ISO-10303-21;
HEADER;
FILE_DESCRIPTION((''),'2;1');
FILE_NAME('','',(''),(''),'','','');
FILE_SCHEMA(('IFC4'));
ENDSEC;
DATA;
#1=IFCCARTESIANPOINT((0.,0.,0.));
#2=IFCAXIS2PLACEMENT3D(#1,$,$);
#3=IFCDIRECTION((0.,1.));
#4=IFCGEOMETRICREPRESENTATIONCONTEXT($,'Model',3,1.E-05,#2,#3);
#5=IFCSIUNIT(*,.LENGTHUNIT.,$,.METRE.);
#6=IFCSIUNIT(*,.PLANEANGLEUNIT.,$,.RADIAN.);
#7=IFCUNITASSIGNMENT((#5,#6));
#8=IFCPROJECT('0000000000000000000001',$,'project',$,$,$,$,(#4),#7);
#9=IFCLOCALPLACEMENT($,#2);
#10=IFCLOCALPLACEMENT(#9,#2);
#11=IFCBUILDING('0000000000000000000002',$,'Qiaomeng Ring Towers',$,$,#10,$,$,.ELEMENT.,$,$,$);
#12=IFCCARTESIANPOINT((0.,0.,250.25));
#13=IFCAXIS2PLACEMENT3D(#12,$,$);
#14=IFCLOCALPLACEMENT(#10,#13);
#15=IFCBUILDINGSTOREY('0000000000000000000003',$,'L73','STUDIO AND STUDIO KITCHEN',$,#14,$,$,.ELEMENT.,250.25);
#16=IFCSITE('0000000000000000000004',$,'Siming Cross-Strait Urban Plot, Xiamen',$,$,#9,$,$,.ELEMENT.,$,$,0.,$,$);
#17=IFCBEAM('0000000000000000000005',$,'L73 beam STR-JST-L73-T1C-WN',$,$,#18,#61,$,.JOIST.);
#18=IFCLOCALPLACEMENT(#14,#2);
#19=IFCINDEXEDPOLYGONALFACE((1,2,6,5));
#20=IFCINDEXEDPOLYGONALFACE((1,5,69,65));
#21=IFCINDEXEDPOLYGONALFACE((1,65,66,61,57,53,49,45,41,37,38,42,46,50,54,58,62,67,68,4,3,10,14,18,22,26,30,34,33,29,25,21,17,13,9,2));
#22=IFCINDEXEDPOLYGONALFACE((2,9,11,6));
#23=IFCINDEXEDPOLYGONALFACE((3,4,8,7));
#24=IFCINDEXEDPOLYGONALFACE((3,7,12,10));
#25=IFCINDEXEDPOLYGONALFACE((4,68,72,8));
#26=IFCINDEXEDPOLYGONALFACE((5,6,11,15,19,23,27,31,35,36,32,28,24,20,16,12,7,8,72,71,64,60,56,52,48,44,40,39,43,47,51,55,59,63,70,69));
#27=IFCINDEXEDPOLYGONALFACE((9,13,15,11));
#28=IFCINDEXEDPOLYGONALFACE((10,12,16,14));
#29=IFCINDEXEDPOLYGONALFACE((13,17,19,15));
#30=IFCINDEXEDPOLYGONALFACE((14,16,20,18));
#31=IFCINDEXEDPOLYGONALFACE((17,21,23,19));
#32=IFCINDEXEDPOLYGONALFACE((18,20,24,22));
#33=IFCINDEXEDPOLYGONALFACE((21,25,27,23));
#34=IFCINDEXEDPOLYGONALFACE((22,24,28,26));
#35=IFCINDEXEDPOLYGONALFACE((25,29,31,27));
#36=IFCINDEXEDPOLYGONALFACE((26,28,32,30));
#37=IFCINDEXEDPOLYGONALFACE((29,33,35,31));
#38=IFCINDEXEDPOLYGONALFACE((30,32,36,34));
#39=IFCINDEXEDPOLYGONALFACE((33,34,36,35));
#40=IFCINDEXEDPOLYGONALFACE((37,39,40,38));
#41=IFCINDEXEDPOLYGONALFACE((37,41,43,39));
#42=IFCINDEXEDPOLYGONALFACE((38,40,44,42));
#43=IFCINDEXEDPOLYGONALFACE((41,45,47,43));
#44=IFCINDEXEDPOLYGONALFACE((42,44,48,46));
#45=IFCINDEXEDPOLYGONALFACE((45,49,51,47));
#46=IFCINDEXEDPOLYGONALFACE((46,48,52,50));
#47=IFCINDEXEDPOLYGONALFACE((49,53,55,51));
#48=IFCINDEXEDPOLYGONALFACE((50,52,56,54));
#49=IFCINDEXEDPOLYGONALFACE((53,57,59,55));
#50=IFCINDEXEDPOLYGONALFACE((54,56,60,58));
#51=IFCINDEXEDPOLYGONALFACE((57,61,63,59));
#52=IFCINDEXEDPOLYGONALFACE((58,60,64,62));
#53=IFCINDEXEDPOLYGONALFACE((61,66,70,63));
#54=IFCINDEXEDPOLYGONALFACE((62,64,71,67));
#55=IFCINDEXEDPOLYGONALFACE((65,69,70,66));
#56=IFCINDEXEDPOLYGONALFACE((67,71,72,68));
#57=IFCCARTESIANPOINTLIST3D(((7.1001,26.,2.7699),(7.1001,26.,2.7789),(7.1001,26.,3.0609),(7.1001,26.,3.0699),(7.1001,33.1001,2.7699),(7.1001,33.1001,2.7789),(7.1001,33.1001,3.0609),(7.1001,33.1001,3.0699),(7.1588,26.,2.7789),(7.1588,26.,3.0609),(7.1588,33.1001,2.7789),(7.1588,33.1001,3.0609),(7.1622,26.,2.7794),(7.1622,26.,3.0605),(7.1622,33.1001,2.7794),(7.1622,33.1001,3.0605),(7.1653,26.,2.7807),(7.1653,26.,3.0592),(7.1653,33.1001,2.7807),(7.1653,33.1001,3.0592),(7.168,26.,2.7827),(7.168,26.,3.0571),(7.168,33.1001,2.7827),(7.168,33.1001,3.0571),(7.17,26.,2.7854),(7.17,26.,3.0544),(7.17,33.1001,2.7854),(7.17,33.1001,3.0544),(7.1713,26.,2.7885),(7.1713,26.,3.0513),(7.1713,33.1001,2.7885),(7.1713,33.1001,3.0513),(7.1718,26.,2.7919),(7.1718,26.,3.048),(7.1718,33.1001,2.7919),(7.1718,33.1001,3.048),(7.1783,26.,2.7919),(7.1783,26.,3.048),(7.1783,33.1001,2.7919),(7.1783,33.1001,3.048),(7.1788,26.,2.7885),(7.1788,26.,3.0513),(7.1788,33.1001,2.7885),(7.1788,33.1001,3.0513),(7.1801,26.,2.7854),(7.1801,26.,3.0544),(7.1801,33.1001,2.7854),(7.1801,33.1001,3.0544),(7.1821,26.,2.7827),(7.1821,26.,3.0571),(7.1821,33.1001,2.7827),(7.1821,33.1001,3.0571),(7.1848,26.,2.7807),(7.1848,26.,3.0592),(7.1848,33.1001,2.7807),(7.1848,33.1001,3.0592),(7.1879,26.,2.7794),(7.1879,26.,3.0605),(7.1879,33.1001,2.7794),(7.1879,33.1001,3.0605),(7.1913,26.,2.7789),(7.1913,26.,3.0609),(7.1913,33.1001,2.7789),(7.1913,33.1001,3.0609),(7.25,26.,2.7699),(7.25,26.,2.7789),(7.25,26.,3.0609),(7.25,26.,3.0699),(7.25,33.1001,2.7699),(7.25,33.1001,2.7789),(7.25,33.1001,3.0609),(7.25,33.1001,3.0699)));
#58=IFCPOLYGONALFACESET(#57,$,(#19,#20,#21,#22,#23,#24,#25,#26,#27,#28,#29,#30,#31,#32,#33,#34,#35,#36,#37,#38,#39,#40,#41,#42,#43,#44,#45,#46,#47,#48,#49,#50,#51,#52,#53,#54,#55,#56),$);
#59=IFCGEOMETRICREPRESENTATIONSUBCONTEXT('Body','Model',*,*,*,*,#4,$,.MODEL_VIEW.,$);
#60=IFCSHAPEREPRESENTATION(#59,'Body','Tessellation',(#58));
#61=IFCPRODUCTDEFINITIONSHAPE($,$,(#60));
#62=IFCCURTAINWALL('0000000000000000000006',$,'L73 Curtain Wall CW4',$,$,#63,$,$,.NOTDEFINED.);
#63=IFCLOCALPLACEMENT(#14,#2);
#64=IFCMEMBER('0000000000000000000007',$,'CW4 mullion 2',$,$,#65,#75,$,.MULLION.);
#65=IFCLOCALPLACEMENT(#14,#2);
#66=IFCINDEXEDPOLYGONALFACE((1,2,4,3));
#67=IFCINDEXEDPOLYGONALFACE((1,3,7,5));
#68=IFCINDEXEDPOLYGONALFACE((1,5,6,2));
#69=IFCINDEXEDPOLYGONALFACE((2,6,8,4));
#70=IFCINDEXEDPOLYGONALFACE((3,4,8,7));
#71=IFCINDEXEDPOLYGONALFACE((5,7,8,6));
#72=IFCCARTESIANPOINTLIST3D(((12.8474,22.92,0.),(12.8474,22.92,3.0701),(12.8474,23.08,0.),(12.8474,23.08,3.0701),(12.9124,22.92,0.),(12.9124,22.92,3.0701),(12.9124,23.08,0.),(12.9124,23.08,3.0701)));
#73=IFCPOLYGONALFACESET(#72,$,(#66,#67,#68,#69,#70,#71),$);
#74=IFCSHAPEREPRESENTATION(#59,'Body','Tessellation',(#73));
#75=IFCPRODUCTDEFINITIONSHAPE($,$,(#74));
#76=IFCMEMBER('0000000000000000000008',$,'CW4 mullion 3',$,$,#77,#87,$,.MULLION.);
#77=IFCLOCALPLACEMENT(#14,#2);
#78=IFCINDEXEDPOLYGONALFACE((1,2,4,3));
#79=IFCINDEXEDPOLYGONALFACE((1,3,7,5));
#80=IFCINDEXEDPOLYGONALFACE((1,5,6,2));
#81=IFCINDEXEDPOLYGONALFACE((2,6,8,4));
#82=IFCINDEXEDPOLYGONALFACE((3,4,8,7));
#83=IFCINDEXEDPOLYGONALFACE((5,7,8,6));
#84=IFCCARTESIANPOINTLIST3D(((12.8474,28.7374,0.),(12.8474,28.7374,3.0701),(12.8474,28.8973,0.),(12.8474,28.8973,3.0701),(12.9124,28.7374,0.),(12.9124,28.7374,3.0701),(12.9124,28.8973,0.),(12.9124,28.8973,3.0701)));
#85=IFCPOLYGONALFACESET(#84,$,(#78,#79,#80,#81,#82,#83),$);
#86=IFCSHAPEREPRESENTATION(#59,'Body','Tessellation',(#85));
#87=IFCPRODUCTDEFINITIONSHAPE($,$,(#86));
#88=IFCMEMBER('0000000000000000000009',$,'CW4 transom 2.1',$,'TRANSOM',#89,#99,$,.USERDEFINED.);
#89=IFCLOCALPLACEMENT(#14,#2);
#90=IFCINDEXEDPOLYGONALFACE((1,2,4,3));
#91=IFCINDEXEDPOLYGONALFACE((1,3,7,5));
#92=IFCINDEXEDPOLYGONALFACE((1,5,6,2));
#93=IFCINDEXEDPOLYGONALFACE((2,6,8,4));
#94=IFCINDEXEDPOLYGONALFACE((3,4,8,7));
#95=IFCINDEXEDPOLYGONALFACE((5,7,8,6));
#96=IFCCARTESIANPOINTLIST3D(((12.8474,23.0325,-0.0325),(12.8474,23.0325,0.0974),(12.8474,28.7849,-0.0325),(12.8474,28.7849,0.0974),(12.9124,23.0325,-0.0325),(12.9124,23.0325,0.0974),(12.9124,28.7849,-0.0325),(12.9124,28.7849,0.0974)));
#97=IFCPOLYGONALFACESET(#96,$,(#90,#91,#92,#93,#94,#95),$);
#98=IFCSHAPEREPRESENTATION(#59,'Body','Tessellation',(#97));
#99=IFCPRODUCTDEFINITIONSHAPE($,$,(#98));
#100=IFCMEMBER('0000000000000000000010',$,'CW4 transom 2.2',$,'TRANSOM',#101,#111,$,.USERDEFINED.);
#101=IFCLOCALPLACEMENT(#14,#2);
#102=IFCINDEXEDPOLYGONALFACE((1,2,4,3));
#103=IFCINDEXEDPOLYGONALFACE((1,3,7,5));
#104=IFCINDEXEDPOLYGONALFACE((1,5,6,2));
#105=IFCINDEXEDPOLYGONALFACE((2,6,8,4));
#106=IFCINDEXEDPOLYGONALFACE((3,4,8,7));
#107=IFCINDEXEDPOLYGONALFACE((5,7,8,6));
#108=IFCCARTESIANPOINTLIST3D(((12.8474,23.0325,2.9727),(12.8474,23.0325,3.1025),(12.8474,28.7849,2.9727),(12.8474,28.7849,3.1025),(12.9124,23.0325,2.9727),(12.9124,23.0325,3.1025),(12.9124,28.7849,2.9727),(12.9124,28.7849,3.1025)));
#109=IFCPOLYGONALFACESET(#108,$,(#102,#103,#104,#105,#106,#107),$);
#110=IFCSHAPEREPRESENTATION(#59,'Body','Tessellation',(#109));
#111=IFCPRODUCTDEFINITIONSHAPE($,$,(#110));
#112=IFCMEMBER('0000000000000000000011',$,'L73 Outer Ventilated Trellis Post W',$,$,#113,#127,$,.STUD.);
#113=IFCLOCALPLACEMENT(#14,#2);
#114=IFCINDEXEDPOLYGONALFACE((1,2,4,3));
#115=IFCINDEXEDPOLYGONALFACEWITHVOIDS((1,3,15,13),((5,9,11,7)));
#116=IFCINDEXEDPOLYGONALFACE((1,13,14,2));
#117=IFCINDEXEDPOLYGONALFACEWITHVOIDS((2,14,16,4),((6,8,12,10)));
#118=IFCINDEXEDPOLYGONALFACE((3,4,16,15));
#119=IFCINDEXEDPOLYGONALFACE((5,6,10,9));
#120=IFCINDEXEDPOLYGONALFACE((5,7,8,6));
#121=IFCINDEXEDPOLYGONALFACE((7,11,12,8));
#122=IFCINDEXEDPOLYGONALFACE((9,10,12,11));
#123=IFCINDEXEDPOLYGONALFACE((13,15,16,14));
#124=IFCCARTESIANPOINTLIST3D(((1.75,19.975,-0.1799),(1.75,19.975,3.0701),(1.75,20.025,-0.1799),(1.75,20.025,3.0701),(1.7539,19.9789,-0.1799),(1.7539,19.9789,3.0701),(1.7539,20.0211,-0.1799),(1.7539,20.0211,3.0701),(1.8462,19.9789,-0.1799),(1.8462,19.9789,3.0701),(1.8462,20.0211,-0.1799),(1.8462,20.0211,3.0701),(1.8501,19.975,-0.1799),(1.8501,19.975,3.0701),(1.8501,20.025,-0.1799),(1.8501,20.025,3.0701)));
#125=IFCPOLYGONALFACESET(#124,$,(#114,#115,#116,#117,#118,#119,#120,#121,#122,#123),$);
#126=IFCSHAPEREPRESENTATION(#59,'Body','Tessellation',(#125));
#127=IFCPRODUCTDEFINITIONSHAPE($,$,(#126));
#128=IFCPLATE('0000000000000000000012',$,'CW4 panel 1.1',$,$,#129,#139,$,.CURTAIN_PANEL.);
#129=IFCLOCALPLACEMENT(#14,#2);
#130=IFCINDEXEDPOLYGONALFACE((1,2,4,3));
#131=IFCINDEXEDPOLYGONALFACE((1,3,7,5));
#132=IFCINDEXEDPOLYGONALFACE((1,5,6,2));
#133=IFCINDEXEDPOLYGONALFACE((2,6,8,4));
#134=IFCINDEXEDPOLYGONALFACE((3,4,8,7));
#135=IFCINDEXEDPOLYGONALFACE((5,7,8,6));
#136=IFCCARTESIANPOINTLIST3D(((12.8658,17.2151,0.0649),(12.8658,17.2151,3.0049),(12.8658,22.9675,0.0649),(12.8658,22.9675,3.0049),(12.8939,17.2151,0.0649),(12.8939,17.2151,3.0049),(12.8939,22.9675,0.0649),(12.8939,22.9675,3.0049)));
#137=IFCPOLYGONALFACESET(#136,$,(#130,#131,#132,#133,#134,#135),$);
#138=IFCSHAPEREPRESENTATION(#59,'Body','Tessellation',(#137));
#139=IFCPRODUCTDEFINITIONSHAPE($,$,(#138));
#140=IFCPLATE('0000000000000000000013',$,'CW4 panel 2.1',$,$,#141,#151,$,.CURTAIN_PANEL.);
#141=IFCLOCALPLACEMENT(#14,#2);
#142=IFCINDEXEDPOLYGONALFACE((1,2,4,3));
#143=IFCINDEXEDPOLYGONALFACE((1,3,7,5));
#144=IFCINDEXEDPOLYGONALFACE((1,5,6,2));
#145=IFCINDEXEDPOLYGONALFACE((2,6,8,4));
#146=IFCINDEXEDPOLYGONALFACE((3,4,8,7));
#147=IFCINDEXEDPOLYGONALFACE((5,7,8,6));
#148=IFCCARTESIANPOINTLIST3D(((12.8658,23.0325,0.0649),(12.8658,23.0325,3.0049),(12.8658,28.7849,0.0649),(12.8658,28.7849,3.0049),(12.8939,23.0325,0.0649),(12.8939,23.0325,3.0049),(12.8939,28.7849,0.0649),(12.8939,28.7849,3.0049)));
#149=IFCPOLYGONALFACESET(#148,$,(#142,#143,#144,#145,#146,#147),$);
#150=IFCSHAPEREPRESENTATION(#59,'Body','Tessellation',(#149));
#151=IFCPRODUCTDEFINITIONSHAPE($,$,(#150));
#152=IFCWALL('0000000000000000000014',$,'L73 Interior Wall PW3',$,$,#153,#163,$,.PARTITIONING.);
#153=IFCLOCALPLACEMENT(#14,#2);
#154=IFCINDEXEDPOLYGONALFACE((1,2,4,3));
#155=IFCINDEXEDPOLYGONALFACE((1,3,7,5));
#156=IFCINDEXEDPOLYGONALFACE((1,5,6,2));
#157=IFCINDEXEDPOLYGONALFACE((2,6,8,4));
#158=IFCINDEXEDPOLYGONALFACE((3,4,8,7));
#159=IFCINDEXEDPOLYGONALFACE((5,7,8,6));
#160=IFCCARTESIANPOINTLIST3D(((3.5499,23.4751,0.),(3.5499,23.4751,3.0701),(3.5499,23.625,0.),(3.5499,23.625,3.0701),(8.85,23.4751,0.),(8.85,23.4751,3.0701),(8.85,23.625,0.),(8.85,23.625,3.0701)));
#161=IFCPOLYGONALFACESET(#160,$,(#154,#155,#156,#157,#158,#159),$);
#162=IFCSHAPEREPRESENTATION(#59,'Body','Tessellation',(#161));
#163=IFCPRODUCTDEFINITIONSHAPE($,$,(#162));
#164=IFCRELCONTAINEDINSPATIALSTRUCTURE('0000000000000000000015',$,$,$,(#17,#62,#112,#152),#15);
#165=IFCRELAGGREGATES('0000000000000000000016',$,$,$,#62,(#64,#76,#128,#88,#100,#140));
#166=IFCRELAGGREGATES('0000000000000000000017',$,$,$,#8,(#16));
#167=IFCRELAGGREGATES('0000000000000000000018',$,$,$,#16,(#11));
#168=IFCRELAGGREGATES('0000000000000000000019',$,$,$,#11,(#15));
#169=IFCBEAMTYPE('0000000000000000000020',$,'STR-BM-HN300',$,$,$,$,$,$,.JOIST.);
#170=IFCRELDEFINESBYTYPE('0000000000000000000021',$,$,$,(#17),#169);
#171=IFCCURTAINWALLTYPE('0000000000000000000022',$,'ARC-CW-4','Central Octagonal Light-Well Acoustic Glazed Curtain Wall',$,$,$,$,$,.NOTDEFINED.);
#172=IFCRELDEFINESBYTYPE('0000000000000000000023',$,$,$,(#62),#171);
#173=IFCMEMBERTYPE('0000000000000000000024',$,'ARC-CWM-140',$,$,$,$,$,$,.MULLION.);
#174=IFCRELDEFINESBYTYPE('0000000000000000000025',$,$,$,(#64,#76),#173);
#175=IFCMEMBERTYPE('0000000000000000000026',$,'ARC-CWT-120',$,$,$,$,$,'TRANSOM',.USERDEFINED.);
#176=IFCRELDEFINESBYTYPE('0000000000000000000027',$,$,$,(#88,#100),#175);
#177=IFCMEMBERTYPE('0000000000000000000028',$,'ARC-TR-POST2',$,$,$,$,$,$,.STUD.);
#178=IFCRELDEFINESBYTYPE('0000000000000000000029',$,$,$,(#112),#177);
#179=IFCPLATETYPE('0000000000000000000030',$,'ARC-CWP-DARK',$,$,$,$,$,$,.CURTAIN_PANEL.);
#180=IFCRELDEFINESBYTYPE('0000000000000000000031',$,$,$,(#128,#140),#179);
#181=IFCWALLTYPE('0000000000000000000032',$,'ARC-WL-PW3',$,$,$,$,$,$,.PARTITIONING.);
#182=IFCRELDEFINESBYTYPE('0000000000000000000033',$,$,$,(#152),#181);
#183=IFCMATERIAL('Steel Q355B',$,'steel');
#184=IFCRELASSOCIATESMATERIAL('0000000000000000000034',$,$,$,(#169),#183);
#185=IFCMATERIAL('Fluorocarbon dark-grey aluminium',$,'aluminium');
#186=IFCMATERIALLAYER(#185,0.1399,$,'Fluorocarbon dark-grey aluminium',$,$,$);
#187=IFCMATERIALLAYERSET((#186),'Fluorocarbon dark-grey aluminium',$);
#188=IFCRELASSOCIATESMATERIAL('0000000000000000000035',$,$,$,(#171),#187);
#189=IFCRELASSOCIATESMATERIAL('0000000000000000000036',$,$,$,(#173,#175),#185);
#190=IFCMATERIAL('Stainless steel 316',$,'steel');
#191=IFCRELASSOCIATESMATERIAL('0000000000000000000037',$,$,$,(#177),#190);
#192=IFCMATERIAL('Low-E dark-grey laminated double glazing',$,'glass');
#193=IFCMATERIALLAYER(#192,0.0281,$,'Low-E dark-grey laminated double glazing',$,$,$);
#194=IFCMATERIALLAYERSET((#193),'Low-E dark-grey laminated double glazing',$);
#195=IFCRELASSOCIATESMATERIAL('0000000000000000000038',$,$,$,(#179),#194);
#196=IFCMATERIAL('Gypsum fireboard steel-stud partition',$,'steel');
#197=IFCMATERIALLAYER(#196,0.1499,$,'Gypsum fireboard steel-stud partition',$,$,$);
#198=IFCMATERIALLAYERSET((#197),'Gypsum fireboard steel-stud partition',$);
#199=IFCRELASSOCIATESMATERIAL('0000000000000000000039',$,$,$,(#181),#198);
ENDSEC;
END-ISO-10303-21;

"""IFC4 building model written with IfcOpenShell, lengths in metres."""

from ifc_helpers import new_model, si_unit, direction, frame, frame_2d, origin, origin_2d, place, context, subcontext, project, spatial, rectangle, hollow_rectangle, i_section, extrude, source, transform, mapped, material, layer, layer_set, material_profile, profile_set, type_object, element, aggregate, save


model = new_model("IFC4")

# Units and contexts
model_context = context("Model", 3, precision=1e-05, world=origin(), true_north=direction((0.0, 1.0)))
body_context = subcontext(model_context, "Body", "Model", "MODEL_VIEW")
ifc_project = project(units=[si_unit("LENGTHUNIT", "METRE"), si_unit("PLANEANGLEUNIT", "RADIAN")], contexts=[model_context])

# Site, building, storey
site_placement = place(None, origin())
site = spatial("IfcSite", under=ifc_project, at=site_placement, Name="Siming Cross-Strait Urban Plot, Xiamen", CompositionType="ELEMENT", RefElevation=0.0)
building_placement = place(site_placement, origin())
building = spatial("IfcBuilding", under=site, at=building_placement, Name="Qiaomeng Ring Towers", CompositionType="ELEMENT")
storey_placement = place(building_placement, frame((0.0, 0.0, 250.25)))
storey = spatial("IfcBuildingStorey", under=building, at=storey_placement, Name="L73", Description="STUDIO AND STUDIO KITCHEN", CompositionType="ELEMENT", Elevation=250.25)

# Beam
ifc_material_1 = material(Name="Steel Q355B", Category="steel")
ifc_material_profile_1 = material_profile(ifc_material_1, i_section(OverallWidth=0.1499, OverallDepth=0.3, WebThickness=0.0066, FlangeThickness=0.009, FilletRadius=0.0129, at=origin_2d()), Name="HN 300x150x6.5x9")
ifc_profile_set_1 = profile_set([ifc_material_profile_1], Name="Steel Q355B")
beam_type_1 = type_object("IfcBeamType", Name="STR-BM-HN300", PredefinedType="JOIST", material=ifc_profile_set_1)
shared_shape_1 = source(origin(), body_context, "Body", "SweptSolid", [
    extrude(i_section(OverallWidth=0.1499, OverallDepth=0.3, WebThickness=0.0066, FlangeThickness=0.009, FilletRadius=0.0129, at=origin_2d()), origin(), (0.0, 0.0, 1.0), 7.1001),
])
beam_1_placement = place(storey_placement, frame((7.175, 26.0, 2.9199), z_axis=(0.0, 1.0, 0.0), x_axis=(-1.0, 0.0, 0.0)))
element("IfcBeam", 1, at=beam_1_placement, inside=storey, type_object=beam_type_1, Name="L73 beam STR-JST-L73-T1C-WN", PredefinedType="JOIST", context=body_context, shape_type="MappedRepresentation", body=[
    mapped(shared_shape_1, transform((0.0, 0.0, 0.0), x_axis=(1.0, 0.0, 0.0), y_axis=(0.0, 1.0, 0.0), z_axis=(0.0, 0.0, 1.0), scale=1.0)),
])

# Curtain wall, members
ifc_material_2 = material(Name="Fluorocarbon dark-grey aluminium", Category="aluminium")
ifc_layer_1 = layer(ifc_material_2, 0.1399, Name="Fluorocarbon dark-grey aluminium")
ifc_layer_set_1 = layer_set([ifc_layer_1], Name="Fluorocarbon dark-grey aluminium")
curtain_wall_type = type_object("IfcCurtainWallType", Name="ARC-CW-4", Description="Central Octagonal Light-Well Acoustic Glazed Curtain Wall", PredefinedType="NOTDEFINED", material=ifc_layer_set_1)
curtain_wall_placement = place(storey_placement, origin())
curtain_wall = element("IfcCurtainWall", 2, at=curtain_wall_placement, inside=storey, type_object=curtain_wall_type, Name="L73 Curtain Wall CW4", PredefinedType="NOTDEFINED")
ifc_material_profile_2 = material_profile(ifc_material_2, rectangle(XDim=0.0649, YDim=0.1599, at=origin_2d()), Name="ALU MULL 65x160")
ifc_profile_set_2 = profile_set([ifc_material_profile_2], Name="Fluorocarbon dark-grey aluminium")
member_type_1 = type_object("IfcMemberType", Name="ARC-CWM-140", PredefinedType="MULLION", material=ifc_profile_set_2)
shared_shape_2 = source(origin(), body_context, "Body", "SweptSolid", [
    extrude(rectangle(XDim=0.0649, YDim=0.1599, at=origin_2d()), origin(), (0.0, 0.0, 1.0), 3.0701),
])
member_1_placement = place(storey_placement, frame((12.8799, 23.0, 0.0), z_axis=(0.0, 0.0, 1.0), x_axis=(-1.0, 0.0, 0.0)))
member_1 = element("IfcMember", 3, at=member_1_placement, type_object=member_type_1, Name="CW4 mullion 2", PredefinedType="MULLION", context=body_context, shape_type="MappedRepresentation", body=[
    mapped(shared_shape_2, transform((0.0, 0.0, 0.0), x_axis=(1.0, 0.0, 0.0), y_axis=(0.0, 1.0, 0.0), z_axis=(0.0, 0.0, 1.0), scale=1.0)),
])
member_2_placement = place(storey_placement, frame((12.8799, 28.8174, 0.0), z_axis=(0.0, 0.0, 1.0), x_axis=(-1.0, 0.0, 0.0)))
member_2 = element("IfcMember", 4, at=member_2_placement, type_object=member_type_1, Name="CW4 mullion 3", PredefinedType="MULLION", context=body_context, shape_type="MappedRepresentation", body=[
    mapped(shared_shape_2, transform((0.0, 0.0, 0.0), x_axis=(1.0, 0.0, 0.0), y_axis=(0.0, 1.0, 0.0), z_axis=(0.0, 0.0, 1.0), scale=1.0)),
])
ifc_material_profile_3 = material_profile(ifc_material_2, rectangle(XDim=0.0649, YDim=0.1299, at=origin_2d()), Name="ALU TRAN 65x130")
ifc_profile_set_3 = profile_set([ifc_material_profile_3], Name="Fluorocarbon dark-grey aluminium")
member_type_2 = type_object("IfcMemberType", Name="ARC-CWT-120", ElementType="TRANSOM", PredefinedType="USERDEFINED", material=ifc_profile_set_3)
shared_shape_3 = source(origin(), body_context, "Body", "SweptSolid", [
    extrude(rectangle(XDim=0.0649, YDim=0.1299, at=origin_2d()), origin(), (0.0, 0.0, 1.0), 5.7524),
])
member_3_placement = place(storey_placement, frame((12.8799, 23.0325, 0.0325), z_axis=(0.0, 1.0, 0.0), x_axis=(-1.0, 0.0, 0.0)))
member_3 = element("IfcMember", 5, at=member_3_placement, type_object=member_type_2, Name="CW4 transom 2.1", ObjectType="TRANSOM", PredefinedType="USERDEFINED", context=body_context, shape_type="MappedRepresentation", body=[
    mapped(shared_shape_3, transform((0.0, 0.0, 0.0), x_axis=(1.0, 0.0, 0.0), y_axis=(0.0, 1.0, 0.0), z_axis=(0.0, 0.0, 1.0), scale=1.0)),
])
member_4_placement = place(storey_placement, frame((12.8799, 23.0325, 3.0376), z_axis=(0.0, 1.0, 0.0), x_axis=(-1.0, 0.0, 0.0)))
member_4 = element("IfcMember", 6, at=member_4_placement, type_object=member_type_2, Name="CW4 transom 2.2", ObjectType="TRANSOM", PredefinedType="USERDEFINED", context=body_context, shape_type="MappedRepresentation", body=[
    mapped(shared_shape_3, transform((0.0, 0.0, 0.0), x_axis=(1.0, 0.0, 0.0), y_axis=(0.0, 1.0, 0.0), z_axis=(0.0, 0.0, 1.0), scale=1.0)),
])

# Member
ifc_material_3 = material(Name="Stainless steel 316", Category="steel")
ifc_material_profile_4 = material_profile(ifc_material_3, hollow_rectangle(XDim=0.05, YDim=0.1001, WallThickness=0.0039, at=origin_2d()), Name="SS TRELLIS 100x50")
ifc_profile_set_4 = profile_set([ifc_material_profile_4], Name="Stainless steel 316")
member_type_3 = type_object("IfcMemberType", Name="ARC-TR-POST2", PredefinedType="STUD", material=ifc_profile_set_4)
shared_shape_4 = source(origin(), body_context, "Body", "SweptSolid", [
    extrude(hollow_rectangle(XDim=0.05, YDim=0.1001, WallThickness=0.0039, at=origin_2d()), origin(), (0.0, 0.0, 1.0), 3.25),
])
member_5_placement = place(storey_placement, frame((1.8, 20.0, -0.1799), z_axis=(0.0, 0.0, 1.0), x_axis=(0.0, 1.0, 0.0)))
element("IfcMember", 7, at=member_5_placement, inside=storey, type_object=member_type_3, Name="L73 Outer Ventilated Trellis Post W", PredefinedType="STUD", context=body_context, shape_type="MappedRepresentation", body=[
    mapped(shared_shape_4, transform((0.0, 0.0, 0.0), x_axis=(1.0, 0.0, 0.0), y_axis=(0.0, 1.0, 0.0), z_axis=(0.0, 0.0, 1.0), scale=1.0)),
])

# Plates
ifc_material_4 = material(Name="Low-E dark-grey laminated double glazing", Category="glass")
ifc_layer_2 = layer(ifc_material_4, 0.0281, Name="Low-E dark-grey laminated double glazing")
ifc_layer_set_2 = layer_set([ifc_layer_2], Name="Low-E dark-grey laminated double glazing")
plate_type = type_object("IfcPlateType", Name="ARC-CWP-DARK", PredefinedType="CURTAIN_PANEL", material=ifc_layer_set_2)
shared_shape_5 = source(origin(), body_context, "Body", "SweptSolid", [
    extrude(rectangle(XDim=5.7524, YDim=0.0281, at=origin_2d()), origin(), (0.0, 0.0, 1.0), 2.9399),
])
plate_1_placement = place(storey_placement, frame((12.8799, 20.0913, 0.0649), z_axis=(0.0, 0.0, 1.0), x_axis=(0.0, 1.0, 0.0)))
plate_1 = element("IfcPlate", 8, at=plate_1_placement, type_object=plate_type, Name="CW4 panel 1.1", PredefinedType="CURTAIN_PANEL", context=body_context, shape_type="MappedRepresentation", body=[
    mapped(shared_shape_5, transform((0.0, 0.0, 0.0), x_axis=(1.0, 0.0, 0.0), y_axis=(0.0, 1.0, 0.0), z_axis=(0.0, 0.0, 1.0), scale=1.0)),
])
plate_2_placement = place(storey_placement, frame((12.8799, 25.9087, 0.0649), z_axis=(0.0, 0.0, 1.0), x_axis=(0.0, 1.0, 0.0)))
plate_2 = element("IfcPlate", 9, at=plate_2_placement, type_object=plate_type, Name="CW4 panel 2.1", PredefinedType="CURTAIN_PANEL", context=body_context, shape_type="MappedRepresentation", body=[
    mapped(shared_shape_5, transform((0.0, 0.0, 0.0), x_axis=(1.0, 0.0, 0.0), y_axis=(0.0, 1.0, 0.0), z_axis=(0.0, 0.0, 1.0), scale=1.0)),
])
aggregate(curtain_wall, [member_1, member_2, plate_1, member_3, member_4, plate_2])

# Wall
ifc_material_5 = material(Name="Gypsum fireboard steel-stud partition", Category="steel")
ifc_layer_3 = layer(ifc_material_5, 0.1499, Name="Gypsum fireboard steel-stud partition")
ifc_layer_set_3 = layer_set([ifc_layer_3], Name="Gypsum fireboard steel-stud partition")
wall_type_1 = type_object("IfcWallType", Name="ARC-WL-PW3", PredefinedType="PARTITIONING", material=ifc_layer_set_3)
wall_1_placement = place(storey_placement, frame((3.55, 23.55, 0.0), z_axis=(0.0, 0.0, 1.0), x_axis=(1.0, 0.0, 0.0)))
element("IfcWall", 10, at=wall_1_placement, inside=storey, type_object=wall_type_1, Name="L73 Interior Wall PW3", PredefinedType="PARTITIONING", context=body_context, shape_type="SweptSolid", body=[
    extrude(rectangle(XDim=5.3, YDim=0.1499, at=frame_2d((2.6499, 0.0))), origin(), (0.0, 0.0, 1.0), 3.0701),
])

save(model, "model.ifc")
